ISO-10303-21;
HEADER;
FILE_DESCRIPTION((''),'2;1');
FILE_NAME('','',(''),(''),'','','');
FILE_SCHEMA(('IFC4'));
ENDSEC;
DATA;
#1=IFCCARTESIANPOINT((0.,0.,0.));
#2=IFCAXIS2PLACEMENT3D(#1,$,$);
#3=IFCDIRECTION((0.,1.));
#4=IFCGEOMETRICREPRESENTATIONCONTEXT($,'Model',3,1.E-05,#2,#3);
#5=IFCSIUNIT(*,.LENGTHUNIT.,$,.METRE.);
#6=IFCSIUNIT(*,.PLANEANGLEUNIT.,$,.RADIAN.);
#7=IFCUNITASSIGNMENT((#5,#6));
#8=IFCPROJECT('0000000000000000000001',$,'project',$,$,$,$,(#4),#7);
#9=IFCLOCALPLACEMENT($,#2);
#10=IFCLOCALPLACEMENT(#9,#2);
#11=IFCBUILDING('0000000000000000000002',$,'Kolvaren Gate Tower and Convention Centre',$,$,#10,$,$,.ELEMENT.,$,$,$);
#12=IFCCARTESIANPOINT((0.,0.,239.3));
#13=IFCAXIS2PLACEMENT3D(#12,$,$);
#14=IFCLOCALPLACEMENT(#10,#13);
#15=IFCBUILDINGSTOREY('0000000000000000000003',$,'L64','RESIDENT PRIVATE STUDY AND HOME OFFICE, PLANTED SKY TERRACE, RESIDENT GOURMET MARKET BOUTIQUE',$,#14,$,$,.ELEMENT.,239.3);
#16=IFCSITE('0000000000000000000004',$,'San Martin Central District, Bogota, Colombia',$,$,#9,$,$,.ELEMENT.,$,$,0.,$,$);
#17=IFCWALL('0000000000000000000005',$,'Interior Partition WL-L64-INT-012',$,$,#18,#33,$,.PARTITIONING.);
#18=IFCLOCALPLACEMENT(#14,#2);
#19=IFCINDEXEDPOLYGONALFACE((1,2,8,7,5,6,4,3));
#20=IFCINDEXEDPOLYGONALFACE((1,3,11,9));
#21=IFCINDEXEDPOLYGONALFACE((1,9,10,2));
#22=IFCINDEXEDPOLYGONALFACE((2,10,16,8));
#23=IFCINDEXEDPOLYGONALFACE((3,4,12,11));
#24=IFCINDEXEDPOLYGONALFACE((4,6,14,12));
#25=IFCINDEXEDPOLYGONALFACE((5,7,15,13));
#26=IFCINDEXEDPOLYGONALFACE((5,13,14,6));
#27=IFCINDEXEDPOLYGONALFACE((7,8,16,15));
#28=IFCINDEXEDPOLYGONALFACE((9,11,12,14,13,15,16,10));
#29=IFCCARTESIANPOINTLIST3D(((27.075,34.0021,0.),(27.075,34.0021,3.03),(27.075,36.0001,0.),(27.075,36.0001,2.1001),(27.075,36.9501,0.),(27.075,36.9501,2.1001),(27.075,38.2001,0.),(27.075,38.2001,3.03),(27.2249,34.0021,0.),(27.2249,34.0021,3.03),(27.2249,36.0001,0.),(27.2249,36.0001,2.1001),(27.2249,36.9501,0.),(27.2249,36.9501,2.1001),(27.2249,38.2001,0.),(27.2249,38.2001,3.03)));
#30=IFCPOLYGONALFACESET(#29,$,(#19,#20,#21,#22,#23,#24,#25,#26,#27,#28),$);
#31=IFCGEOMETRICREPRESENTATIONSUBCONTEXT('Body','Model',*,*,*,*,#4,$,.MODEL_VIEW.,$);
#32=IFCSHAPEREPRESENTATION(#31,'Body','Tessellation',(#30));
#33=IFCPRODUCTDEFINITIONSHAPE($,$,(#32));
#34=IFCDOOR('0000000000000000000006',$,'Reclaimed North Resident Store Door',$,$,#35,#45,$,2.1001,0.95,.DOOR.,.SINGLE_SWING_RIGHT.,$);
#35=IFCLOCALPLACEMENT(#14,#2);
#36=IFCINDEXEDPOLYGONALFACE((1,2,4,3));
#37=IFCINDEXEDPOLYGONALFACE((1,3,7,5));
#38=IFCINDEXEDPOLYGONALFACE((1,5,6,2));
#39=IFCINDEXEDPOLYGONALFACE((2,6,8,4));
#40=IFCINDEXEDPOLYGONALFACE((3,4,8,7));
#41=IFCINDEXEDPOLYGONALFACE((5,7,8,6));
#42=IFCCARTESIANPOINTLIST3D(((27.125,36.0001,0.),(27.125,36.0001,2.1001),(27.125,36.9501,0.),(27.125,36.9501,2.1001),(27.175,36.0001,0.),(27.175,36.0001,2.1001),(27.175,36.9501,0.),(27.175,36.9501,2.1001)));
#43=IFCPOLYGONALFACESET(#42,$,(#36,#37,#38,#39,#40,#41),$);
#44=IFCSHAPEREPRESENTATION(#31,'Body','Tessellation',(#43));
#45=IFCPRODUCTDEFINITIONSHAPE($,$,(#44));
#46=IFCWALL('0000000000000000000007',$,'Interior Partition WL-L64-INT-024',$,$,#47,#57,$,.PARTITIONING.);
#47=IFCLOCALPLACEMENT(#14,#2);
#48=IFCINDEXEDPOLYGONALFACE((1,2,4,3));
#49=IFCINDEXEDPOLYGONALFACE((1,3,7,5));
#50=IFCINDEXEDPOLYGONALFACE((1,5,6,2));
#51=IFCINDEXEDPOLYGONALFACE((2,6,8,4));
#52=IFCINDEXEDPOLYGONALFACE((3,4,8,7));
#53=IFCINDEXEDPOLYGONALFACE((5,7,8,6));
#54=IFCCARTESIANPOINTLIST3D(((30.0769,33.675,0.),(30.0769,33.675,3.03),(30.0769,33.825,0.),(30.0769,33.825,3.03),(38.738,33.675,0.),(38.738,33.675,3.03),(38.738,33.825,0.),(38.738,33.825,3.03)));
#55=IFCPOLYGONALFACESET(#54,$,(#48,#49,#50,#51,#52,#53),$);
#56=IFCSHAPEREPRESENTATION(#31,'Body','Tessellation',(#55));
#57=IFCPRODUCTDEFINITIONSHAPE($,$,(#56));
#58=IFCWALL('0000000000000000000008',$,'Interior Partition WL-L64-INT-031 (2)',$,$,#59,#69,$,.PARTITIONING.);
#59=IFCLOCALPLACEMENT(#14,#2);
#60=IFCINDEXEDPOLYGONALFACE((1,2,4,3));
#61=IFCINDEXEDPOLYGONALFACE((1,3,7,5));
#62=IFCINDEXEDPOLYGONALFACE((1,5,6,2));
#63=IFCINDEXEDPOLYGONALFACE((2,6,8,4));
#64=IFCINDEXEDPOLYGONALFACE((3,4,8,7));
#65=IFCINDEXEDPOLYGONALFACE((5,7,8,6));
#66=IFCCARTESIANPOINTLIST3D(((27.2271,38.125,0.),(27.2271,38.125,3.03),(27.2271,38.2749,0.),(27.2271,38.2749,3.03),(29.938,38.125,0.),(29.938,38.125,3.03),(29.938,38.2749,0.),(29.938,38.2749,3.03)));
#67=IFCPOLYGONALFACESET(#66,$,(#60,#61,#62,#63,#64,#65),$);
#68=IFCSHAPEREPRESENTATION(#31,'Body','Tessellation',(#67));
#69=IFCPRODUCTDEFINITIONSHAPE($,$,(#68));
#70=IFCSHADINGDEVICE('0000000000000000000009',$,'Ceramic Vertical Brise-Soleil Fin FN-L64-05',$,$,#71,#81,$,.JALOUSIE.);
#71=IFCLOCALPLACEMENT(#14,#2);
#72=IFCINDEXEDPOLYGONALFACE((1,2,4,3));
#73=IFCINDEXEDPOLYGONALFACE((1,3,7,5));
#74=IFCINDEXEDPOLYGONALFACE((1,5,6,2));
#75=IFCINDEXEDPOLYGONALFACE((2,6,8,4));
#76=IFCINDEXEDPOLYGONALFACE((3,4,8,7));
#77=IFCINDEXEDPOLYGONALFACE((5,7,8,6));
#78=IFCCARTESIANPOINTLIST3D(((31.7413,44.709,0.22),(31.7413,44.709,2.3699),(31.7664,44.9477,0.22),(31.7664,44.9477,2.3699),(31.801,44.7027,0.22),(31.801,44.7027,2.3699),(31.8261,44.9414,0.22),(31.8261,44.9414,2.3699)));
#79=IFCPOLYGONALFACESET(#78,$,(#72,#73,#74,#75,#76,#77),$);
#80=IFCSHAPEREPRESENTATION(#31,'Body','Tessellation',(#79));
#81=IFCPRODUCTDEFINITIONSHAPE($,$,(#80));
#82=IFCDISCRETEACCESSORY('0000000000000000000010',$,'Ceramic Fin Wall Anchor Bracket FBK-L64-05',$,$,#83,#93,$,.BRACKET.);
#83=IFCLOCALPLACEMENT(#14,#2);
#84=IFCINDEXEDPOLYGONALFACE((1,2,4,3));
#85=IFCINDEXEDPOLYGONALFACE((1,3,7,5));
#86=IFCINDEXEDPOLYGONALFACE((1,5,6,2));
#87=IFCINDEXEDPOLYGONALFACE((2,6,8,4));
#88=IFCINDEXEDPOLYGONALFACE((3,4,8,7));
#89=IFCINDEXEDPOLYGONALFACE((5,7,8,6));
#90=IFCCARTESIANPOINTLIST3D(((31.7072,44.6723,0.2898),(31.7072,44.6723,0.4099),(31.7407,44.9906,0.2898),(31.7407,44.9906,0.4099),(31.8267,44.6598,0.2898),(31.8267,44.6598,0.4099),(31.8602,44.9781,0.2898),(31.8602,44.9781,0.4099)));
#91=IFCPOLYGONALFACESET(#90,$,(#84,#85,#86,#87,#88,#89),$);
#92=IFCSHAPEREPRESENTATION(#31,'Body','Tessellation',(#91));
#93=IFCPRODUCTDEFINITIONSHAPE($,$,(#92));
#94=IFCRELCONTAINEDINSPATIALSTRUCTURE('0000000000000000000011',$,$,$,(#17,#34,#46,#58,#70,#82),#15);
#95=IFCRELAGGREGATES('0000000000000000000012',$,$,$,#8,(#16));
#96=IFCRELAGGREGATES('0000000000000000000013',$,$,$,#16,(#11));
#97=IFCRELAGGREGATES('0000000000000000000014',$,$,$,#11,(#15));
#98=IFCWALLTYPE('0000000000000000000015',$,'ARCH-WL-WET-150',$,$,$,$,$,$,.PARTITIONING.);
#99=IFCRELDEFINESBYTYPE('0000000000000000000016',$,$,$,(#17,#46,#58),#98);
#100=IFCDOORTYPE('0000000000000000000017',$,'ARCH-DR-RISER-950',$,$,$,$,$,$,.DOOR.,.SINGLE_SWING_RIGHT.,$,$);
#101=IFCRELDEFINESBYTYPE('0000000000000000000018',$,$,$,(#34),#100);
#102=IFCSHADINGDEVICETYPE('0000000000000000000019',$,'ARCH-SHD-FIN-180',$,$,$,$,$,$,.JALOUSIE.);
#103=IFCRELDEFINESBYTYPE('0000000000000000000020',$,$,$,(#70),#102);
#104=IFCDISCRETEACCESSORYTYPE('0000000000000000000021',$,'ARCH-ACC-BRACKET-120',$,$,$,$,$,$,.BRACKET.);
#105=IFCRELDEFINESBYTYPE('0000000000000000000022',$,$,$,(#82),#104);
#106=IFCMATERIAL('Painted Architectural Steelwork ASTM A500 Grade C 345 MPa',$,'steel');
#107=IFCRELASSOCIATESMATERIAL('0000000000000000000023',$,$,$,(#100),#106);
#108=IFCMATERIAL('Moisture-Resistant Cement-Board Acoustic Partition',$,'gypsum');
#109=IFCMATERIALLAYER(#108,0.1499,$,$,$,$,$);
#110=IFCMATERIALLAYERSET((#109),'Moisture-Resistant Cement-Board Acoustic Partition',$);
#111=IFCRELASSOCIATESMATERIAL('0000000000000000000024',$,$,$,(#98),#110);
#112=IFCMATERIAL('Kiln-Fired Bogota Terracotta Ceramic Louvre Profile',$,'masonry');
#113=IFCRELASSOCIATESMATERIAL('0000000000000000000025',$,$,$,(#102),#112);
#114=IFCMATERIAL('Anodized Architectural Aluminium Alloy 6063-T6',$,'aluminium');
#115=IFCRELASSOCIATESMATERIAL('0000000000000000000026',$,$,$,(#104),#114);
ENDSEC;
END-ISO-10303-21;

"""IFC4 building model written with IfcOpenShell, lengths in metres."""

from ifc_helpers import new_model, si_unit, direction, frame, frame_2d, origin, origin_2d, place, context, subcontext, project, spatial, rectangle, extrude, material, layer, layer_set, type_object, element, fill, save


model = new_model("IFC4")

# Units and contexts
model_context = context("Model", 3, precision=1e-05, world=origin(), true_north=direction((0.0, 1.0)))
body_context = subcontext(model_context, "Body", "Model", "MODEL_VIEW")
ifc_project = project(units=[si_unit("LENGTHUNIT", "METRE"), si_unit("PLANEANGLEUNIT", "RADIAN")], contexts=[model_context])

# Site, building, storey
site_placement = place(None, origin())
site = spatial("IfcSite", under=ifc_project, at=site_placement, Name="San Martin Central District, Bogota, Colombia", CompositionType="ELEMENT", RefElevation=0.0)
building_placement = place(site_placement, origin())
building = spatial("IfcBuilding", under=site, at=building_placement, Name="Kolvaren Gate Tower and Convention Centre", CompositionType="ELEMENT")
storey_placement = place(building_placement, frame((0.0, 0.0, 239.3)))
storey = spatial("IfcBuildingStorey", under=building, at=storey_placement, Name="L64", Description="RESIDENT PRIVATE STUDY AND HOME OFFICE, PLANTED SKY TERRACE, RESIDENT GOURMET MARKET BOUTIQUE", CompositionType="ELEMENT", Elevation=239.3)

# Shared definitions
ifc_material_1 = material(Name="Painted Architectural Steelwork ASTM A500 Grade C 345 MPa", Category="steel")
door_type = type_object("IfcDoorType", Name="ARCH-DR-RISER-950", OperationType="SINGLE_SWING_RIGHT", PredefinedType="DOOR", material=ifc_material_1)

# Wall, opening, door
ifc_material_2 = material(Name="Moisture-Resistant Cement-Board Acoustic Partition", Category="gypsum")
ifc_layer_1 = layer(ifc_material_2, 0.1499)
ifc_layer_set_1 = layer_set([ifc_layer_1], Name="Moisture-Resistant Cement-Board Acoustic Partition")
wall_type_1 = type_object("IfcWallType", Name="ARCH-WL-WET-150", PredefinedType="PARTITIONING", material=ifc_layer_set_1)
wall_1_placement = place(storey_placement, frame((27.1499, 34.002, 0.0), z_axis=(0.0, 0.0, 1.0), x_axis=(0.0, 1.0, 0.0)))
wall_1 = element("IfcWall", 1, at=wall_1_placement, inside=storey, type_object=wall_type_1, Name="Interior Partition WL-L64-INT-012", PredefinedType="PARTITIONING", context=body_context, shape_type="SweptSolid", body=[
    extrude(rectangle(XDim=4.198, YDim=0.1499, at=frame_2d((2.0991, 0.0))), origin(), (0.0, 0.0, 1.0), 3.03),
])
opening_1_placement = place(wall_1_placement, frame((1.998, 0.0, 0.0)))
opening_1 = element("IfcOpeningElement", 2, at=opening_1_placement, cuts=wall_1, PredefinedType="OPENING", context=body_context, shape_type="SweptSolid", body=[
    extrude(rectangle(XDim=0.95, YDim=2.1001, at=frame_2d((0.4751, 1.05))), frame((0.0, 0.085, 0.0), z_axis=(0.0, -1.0, 0.0), x_axis=(1.0, 0.0, 0.0)), (0.0, 0.0, 1.0), 0.1699),
])
door_1_placement = place(opening_1_placement, origin())
door_1 = element("IfcDoor", 3, at=door_1_placement, inside=storey, type_object=door_type, Name="Reclaimed North Resident Store Door", OperationType="SINGLE_SWING_RIGHT", OverallHeight=2.1001, OverallWidth=0.95, PredefinedType="DOOR", context=body_context, shape_type="SweptSolid", body=[
    extrude(rectangle(XDim=0.95, YDim=2.1001, at=frame_2d((0.4751, 1.05))), frame((0.0, 0.0249, 0.0), z_axis=(0.0, -1.0, 0.0), x_axis=(1.0, 0.0, 0.0)), (0.0, 0.0, 1.0), 0.05),
])
fill(opening_1, door_1)

# Walls
wall_2_placement = place(storey_placement, frame((30.0769, 33.75, 0.0), z_axis=(0.0, 0.0, 1.0), x_axis=(1.0, 0.0, 0.0)))
element("IfcWall", 4, at=wall_2_placement, inside=storey, type_object=wall_type_1, Name="Interior Partition WL-L64-INT-024", PredefinedType="PARTITIONING", context=body_context, shape_type="SweptSolid", body=[
    extrude(rectangle(XDim=8.6611, YDim=0.1499, at=frame_2d((4.3306, 0.0))), origin(), (0.0, 0.0, 1.0), 3.03),
])
wall_3_placement = place(storey_placement, frame((27.2271, 38.2, 0.0), z_axis=(0.0, 0.0, 1.0), x_axis=(1.0, 0.0, 0.0)))
element("IfcWall", 5, at=wall_3_placement, inside=storey, type_object=wall_type_1, Name="Interior Partition WL-L64-INT-031 (2)", PredefinedType="PARTITIONING", context=body_context, shape_type="SweptSolid", body=[
    extrude(rectangle(XDim=2.7109, YDim=0.1499, at=frame_2d((1.3555, 0.0))), origin(), (0.0, 0.0, 1.0), 3.03),
])

# Shading device
ifc_material_3 = material(Name="Kiln-Fired Bogota Terracotta Ceramic Louvre Profile", Category="masonry")
shading_device_type = type_object("IfcShadingDeviceType", Name="ARCH-SHD-FIN-180", PredefinedType="JALOUSIE", material=ifc_material_3)
shading_device_placement = place(storey_placement, frame((31.7837, 44.8252, 0.22), z_axis=(0.0, 0.0, 1.0), x_axis=(0.9945, -0.104737, 0.0)))
element("IfcShadingDevice", 6, at=shading_device_placement, inside=storey, type_object=shading_device_type, Name="Ceramic Vertical Brise-Soleil Fin FN-L64-05", PredefinedType="JALOUSIE", context=body_context, shape_type="SweptSolid", body=[
    extrude(rectangle(XDim=0.0601, YDim=0.24, at=origin_2d()), origin(), (0.0, 0.0, 1.0), 2.1499),
])

# Discrete accessory
ifc_material_4 = material(Name="Anodized Architectural Aluminium Alloy 6063-T6", Category="aluminium")
discrete_accessory_type = type_object("IfcDiscreteAccessoryType", Name="ARCH-ACC-BRACKET-120", PredefinedType="BRACKET", material=ifc_material_4)
discrete_accessory_placement = place(storey_placement, frame((31.7837, 44.8252, 0.2898), z_axis=(0.0, 0.0, 1.0), x_axis=(0.9945, -0.104737, 0.0)))
element("IfcDiscreteAccessory", 7, at=discrete_accessory_placement, inside=storey, type_object=discrete_accessory_type, Name="Ceramic Fin Wall Anchor Bracket FBK-L64-05", PredefinedType="BRACKET", context=body_context, shape_type="SweptSolid", body=[
    extrude(rectangle(XDim=0.1201, YDim=0.3201, at=origin_2d()), origin(), (0.0, 0.0, 1.0), 0.1201),
])

save(model, "model.ifc")
